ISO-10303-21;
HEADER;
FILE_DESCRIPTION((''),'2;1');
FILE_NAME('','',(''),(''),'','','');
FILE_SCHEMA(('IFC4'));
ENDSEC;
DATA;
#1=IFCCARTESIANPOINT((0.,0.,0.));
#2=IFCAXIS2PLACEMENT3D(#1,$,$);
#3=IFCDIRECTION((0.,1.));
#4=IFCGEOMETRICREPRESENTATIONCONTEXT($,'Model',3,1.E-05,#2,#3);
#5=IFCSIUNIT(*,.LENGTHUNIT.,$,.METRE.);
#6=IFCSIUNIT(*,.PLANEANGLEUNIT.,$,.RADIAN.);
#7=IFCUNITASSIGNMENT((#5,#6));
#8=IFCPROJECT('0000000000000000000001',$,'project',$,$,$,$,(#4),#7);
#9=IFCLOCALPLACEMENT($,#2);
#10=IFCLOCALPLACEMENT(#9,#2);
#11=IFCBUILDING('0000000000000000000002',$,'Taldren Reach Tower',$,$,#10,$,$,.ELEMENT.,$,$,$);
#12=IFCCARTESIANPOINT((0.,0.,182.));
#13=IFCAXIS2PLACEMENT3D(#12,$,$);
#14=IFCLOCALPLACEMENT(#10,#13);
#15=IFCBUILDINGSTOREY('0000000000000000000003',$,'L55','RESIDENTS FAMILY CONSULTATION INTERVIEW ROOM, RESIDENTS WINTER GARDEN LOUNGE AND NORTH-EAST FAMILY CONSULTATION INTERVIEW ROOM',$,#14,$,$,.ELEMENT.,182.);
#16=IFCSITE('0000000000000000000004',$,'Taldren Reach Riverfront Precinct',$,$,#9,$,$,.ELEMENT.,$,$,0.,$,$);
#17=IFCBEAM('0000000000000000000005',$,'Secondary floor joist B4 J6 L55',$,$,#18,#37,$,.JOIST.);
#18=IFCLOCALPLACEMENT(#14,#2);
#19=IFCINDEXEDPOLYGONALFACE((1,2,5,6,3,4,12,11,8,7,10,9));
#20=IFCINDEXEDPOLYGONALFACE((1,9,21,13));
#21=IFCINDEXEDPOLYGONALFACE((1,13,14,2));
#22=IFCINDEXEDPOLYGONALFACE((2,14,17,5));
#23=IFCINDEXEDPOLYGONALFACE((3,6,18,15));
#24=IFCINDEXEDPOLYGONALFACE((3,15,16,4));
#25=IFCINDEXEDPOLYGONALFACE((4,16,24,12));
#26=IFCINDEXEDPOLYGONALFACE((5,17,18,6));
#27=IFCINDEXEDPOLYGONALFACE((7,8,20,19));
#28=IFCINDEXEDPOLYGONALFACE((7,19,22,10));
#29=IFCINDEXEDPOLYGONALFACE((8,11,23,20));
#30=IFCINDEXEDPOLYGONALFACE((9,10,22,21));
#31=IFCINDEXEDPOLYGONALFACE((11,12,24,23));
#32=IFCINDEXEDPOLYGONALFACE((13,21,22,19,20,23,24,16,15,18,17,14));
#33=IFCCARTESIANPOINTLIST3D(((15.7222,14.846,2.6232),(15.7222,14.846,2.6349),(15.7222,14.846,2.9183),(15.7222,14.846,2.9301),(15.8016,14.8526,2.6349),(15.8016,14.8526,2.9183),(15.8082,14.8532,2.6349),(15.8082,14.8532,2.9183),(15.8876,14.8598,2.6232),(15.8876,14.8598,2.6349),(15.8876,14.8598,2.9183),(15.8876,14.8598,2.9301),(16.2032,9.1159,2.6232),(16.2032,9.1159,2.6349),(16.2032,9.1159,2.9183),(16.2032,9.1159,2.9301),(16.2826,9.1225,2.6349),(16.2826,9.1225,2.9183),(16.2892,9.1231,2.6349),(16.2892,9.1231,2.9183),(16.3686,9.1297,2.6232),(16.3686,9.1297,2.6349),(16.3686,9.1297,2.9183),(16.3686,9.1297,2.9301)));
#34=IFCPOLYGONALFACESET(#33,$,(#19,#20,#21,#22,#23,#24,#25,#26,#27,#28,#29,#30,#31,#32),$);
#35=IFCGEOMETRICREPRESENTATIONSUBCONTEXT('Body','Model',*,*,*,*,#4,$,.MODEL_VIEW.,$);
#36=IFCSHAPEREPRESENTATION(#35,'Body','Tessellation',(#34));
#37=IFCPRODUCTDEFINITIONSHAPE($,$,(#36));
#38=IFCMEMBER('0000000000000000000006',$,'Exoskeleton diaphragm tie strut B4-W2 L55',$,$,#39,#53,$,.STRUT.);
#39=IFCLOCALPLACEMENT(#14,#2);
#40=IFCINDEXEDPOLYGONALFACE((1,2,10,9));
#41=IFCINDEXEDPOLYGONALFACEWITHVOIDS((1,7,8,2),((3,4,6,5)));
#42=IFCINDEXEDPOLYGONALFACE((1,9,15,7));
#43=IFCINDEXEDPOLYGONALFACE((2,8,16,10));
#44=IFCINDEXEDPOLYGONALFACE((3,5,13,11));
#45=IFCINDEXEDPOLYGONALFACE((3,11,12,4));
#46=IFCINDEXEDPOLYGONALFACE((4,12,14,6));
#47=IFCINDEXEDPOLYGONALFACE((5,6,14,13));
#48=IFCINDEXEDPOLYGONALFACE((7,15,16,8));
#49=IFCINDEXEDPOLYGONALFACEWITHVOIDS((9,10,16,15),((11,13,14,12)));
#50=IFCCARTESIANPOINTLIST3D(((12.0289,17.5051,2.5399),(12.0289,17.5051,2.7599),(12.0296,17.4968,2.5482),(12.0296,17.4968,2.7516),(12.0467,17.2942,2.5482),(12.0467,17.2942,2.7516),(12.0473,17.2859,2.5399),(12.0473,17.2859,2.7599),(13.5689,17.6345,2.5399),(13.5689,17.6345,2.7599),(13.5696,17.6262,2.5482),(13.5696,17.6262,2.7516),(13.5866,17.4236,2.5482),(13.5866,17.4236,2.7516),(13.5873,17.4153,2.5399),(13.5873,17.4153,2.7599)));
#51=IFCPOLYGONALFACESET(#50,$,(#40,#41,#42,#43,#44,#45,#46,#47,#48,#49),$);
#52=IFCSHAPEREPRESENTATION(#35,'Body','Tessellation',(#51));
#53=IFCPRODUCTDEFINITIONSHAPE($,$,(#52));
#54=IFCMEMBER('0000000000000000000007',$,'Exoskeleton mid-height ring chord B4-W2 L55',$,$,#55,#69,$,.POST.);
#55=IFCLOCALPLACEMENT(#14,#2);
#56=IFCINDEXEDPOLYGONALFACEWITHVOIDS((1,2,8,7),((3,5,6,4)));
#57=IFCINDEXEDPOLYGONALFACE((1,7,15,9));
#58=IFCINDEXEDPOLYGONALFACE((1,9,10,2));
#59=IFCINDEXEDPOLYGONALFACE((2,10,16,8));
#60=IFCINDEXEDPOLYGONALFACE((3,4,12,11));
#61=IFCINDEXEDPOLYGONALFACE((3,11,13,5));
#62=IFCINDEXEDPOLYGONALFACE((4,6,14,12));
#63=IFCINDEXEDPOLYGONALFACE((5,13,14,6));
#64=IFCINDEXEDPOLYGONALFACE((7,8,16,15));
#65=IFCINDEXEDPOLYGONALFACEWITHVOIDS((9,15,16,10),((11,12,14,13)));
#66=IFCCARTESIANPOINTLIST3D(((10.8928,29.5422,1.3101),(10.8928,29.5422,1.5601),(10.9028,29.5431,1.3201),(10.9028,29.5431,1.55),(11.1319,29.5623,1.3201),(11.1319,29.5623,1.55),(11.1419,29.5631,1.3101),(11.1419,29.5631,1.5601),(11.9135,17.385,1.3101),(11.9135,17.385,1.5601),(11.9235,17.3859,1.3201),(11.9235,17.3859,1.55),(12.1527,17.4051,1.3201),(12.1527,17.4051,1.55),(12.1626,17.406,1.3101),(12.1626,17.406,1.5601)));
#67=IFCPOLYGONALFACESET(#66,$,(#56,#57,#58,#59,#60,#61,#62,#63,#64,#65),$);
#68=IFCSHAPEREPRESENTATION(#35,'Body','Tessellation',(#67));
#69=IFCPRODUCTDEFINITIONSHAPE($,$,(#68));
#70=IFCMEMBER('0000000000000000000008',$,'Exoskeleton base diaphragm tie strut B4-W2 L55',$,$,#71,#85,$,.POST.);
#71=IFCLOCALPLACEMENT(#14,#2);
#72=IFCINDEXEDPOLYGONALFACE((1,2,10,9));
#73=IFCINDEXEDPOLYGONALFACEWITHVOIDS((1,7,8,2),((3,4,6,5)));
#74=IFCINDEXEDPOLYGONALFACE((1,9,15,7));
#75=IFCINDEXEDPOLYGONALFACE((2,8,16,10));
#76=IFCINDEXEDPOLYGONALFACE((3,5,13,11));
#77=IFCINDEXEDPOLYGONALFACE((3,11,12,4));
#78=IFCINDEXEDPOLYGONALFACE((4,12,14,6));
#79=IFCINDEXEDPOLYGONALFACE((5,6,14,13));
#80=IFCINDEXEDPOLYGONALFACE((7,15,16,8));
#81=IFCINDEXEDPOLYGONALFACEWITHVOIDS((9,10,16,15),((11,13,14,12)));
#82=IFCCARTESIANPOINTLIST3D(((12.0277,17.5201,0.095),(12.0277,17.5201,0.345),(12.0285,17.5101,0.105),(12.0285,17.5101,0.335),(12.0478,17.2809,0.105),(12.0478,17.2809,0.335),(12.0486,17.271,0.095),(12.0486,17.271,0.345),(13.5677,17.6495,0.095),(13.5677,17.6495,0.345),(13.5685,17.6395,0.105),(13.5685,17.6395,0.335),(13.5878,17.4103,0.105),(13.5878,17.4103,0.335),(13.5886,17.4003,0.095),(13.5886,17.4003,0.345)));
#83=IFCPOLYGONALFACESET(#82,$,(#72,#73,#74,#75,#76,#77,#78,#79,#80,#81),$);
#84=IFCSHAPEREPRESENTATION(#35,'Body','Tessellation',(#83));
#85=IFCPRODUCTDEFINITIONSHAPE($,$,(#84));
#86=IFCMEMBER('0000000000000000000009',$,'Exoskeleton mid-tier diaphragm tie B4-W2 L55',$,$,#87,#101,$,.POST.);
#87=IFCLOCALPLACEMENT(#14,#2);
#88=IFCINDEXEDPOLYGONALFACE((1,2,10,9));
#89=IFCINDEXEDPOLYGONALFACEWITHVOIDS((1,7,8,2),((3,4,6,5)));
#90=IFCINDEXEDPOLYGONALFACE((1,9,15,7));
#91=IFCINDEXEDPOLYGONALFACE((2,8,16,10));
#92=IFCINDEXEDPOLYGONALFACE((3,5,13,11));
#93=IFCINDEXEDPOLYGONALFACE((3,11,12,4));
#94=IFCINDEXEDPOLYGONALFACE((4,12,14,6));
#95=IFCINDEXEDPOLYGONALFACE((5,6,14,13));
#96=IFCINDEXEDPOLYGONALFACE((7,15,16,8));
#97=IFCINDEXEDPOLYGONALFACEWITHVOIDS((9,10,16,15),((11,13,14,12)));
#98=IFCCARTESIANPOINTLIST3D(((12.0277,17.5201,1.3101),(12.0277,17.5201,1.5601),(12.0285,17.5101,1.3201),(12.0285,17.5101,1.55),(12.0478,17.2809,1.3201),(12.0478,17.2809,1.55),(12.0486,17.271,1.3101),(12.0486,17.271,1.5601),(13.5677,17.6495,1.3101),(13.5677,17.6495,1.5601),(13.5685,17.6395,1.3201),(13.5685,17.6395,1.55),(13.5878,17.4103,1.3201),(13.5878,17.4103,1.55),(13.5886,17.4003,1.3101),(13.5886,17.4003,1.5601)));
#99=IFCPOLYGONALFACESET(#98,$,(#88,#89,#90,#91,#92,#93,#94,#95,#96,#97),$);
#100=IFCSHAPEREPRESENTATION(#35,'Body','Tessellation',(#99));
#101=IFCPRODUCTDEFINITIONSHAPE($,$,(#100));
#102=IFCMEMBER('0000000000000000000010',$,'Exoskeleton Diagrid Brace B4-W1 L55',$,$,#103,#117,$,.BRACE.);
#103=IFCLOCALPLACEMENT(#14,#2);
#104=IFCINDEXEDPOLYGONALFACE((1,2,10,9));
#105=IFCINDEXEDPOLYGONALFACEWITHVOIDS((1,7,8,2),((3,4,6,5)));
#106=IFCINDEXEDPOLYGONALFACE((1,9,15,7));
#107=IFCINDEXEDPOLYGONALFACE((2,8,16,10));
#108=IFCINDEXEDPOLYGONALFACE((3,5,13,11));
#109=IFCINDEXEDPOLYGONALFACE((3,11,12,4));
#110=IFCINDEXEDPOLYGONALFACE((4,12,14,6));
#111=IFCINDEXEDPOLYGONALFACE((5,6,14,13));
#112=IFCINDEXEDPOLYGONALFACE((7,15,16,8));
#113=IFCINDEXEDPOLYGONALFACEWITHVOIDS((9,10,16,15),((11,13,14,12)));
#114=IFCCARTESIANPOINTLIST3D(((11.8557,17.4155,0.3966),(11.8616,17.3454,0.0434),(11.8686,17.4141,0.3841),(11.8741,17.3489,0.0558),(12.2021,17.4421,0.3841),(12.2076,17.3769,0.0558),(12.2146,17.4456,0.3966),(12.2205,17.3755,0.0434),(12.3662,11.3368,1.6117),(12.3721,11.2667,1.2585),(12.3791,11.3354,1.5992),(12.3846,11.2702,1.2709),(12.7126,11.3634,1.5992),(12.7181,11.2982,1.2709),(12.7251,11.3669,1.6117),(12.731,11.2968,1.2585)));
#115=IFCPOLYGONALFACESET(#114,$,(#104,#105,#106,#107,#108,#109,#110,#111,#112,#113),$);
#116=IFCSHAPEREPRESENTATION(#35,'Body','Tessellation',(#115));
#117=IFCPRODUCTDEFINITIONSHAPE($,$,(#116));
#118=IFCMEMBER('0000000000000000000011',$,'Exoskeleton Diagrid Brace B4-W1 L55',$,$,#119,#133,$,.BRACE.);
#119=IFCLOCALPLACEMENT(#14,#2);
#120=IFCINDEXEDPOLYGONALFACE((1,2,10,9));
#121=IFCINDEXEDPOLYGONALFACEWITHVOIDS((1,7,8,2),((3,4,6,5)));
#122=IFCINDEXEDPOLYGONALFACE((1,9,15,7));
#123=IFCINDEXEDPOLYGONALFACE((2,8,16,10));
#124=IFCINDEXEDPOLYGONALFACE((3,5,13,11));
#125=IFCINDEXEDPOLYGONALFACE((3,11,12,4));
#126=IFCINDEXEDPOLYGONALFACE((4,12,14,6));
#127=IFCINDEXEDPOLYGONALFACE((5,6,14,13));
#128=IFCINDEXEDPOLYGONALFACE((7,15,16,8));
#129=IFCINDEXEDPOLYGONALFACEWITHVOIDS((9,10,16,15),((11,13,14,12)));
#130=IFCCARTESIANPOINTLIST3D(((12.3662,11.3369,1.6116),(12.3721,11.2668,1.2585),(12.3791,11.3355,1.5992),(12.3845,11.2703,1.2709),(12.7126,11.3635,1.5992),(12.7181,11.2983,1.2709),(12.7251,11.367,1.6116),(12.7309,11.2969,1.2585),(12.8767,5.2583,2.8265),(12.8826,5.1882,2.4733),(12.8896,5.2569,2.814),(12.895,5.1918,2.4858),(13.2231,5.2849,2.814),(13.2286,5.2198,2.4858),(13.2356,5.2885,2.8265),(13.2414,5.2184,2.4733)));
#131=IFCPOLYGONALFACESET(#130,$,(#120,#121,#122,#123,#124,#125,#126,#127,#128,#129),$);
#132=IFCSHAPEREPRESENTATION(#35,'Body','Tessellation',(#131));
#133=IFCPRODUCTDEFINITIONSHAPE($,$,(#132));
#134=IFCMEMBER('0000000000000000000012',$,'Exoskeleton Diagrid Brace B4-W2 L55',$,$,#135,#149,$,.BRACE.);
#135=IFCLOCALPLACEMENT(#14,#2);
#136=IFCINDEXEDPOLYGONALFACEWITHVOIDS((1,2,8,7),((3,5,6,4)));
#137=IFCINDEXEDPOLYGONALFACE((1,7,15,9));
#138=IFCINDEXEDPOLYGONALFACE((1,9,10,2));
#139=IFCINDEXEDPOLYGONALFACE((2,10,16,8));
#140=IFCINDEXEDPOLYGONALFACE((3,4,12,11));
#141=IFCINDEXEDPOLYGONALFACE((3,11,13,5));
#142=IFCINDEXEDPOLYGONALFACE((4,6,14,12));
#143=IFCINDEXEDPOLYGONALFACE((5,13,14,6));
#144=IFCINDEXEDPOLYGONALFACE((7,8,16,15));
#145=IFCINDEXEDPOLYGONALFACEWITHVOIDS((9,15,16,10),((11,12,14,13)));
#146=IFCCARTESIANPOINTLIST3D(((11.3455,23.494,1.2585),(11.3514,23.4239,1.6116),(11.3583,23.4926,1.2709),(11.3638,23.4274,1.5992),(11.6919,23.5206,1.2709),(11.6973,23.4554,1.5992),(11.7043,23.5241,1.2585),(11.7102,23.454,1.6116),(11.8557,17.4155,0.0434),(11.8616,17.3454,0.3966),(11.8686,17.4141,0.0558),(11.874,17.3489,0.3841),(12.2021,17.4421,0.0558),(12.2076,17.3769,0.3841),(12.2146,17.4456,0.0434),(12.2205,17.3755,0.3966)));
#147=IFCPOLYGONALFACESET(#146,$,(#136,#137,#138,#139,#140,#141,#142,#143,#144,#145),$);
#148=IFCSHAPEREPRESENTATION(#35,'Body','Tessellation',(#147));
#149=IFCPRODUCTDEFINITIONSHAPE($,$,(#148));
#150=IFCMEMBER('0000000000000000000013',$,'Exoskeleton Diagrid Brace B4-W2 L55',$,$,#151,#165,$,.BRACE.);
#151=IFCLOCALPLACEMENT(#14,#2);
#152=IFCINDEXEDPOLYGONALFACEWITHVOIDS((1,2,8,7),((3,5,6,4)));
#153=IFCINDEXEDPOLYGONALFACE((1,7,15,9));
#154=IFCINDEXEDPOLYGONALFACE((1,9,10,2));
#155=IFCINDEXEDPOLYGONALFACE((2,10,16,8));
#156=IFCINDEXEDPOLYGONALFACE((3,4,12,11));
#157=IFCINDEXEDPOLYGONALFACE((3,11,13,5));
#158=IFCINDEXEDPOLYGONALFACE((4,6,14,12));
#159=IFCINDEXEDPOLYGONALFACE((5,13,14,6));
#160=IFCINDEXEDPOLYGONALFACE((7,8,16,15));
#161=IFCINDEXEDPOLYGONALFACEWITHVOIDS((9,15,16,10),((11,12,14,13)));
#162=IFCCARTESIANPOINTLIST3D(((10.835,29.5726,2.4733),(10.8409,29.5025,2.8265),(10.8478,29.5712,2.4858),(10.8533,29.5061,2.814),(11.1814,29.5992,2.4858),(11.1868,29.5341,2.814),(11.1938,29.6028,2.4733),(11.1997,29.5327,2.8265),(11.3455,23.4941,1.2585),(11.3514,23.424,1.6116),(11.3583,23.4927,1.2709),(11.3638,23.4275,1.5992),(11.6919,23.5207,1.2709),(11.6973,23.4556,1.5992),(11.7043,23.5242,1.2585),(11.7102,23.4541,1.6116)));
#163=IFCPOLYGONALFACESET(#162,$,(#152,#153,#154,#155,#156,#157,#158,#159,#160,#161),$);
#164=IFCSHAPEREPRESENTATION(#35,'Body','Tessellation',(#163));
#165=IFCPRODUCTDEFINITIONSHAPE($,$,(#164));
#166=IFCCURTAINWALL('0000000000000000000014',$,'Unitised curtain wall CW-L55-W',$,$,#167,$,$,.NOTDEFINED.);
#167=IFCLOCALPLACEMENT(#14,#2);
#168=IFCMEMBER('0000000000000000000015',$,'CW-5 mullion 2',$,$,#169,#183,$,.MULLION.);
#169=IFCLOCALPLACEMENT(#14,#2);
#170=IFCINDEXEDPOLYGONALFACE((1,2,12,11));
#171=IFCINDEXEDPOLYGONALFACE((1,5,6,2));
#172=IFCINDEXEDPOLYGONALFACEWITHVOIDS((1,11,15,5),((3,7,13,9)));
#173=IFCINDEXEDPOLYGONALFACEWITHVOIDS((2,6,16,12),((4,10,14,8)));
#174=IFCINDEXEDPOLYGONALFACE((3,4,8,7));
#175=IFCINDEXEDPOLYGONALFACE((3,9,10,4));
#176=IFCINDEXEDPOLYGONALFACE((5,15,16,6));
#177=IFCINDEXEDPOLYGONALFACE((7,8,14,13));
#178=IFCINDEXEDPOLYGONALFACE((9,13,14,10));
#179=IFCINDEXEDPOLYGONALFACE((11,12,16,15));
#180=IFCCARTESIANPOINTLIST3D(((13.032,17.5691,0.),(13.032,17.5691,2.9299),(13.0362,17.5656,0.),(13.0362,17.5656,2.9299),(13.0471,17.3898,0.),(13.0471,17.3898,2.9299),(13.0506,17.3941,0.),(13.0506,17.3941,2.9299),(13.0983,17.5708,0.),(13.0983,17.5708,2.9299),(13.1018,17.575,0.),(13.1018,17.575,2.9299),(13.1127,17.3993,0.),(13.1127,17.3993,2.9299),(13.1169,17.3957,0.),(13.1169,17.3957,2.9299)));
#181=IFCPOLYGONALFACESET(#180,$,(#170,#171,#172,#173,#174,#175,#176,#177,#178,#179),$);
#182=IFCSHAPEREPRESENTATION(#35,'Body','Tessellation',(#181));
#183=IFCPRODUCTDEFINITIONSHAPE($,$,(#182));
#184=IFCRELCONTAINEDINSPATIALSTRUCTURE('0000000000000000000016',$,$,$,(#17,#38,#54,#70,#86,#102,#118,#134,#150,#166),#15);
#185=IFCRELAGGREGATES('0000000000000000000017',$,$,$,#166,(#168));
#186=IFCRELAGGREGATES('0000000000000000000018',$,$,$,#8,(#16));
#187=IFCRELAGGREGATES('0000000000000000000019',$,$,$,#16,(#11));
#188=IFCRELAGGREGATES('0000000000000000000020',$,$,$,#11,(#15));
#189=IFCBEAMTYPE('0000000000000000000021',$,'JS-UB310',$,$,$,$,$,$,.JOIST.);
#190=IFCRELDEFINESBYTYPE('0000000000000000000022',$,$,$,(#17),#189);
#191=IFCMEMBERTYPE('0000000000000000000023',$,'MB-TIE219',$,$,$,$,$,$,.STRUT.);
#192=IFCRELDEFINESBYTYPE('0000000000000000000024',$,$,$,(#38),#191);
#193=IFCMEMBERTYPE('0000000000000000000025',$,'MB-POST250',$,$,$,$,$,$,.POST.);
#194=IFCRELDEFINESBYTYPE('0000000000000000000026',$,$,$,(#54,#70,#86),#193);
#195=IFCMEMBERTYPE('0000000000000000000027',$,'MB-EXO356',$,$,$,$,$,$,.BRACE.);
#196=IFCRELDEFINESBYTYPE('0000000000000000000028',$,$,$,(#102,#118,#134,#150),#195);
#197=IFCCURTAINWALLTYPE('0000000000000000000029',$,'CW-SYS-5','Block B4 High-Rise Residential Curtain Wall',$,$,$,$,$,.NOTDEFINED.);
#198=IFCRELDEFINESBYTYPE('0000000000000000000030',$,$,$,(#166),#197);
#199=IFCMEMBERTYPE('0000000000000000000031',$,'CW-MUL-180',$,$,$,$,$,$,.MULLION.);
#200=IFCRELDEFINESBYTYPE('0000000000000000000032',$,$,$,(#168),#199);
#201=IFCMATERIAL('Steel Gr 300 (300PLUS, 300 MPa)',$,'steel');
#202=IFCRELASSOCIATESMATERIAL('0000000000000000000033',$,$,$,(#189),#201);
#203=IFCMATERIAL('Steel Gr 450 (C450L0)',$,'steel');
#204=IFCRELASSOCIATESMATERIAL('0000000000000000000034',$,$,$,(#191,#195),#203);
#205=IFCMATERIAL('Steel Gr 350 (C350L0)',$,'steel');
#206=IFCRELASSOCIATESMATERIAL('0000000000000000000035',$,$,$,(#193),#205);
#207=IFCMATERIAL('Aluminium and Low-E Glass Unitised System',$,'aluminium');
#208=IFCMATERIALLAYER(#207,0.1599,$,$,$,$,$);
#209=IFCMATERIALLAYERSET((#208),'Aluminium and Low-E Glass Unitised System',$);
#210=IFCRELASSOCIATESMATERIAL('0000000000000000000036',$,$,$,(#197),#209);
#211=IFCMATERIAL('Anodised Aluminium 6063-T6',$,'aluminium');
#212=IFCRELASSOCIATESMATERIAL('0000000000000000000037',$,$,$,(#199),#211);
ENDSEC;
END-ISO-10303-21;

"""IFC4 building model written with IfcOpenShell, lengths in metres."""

from ifc_helpers import new_model, si_unit, direction, frame, origin, origin_2d, place, context, subcontext, project, spatial, hollow_rectangle, i_section, extrude, source, transform, mapped, material, layer, layer_set, material_profile, profile_set, type_object, element, aggregate, save


model = new_model("IFC4")

# Units and contexts
model_context = context("Model", 3, precision=1e-05, world=origin(), true_north=direction((0.0, 1.0)))
body_context = subcontext(model_context, "Body", "Model", "MODEL_VIEW")
ifc_project = project(units=[si_unit("LENGTHUNIT", "METRE"), si_unit("PLANEANGLEUNIT", "RADIAN")], contexts=[model_context])

# Site, building, storey
site_placement = place(None, origin())
site = spatial("IfcSite", under=ifc_project, at=site_placement, Name="Taldren Reach Riverfront Precinct", CompositionType="ELEMENT", RefElevation=0.0)
building_placement = place(site_placement, origin())
building = spatial("IfcBuilding", under=site, at=building_placement, Name="Taldren Reach Tower", CompositionType="ELEMENT")
storey_placement = place(building_placement, frame((0.0, 0.0, 182.0)))
storey = spatial("IfcBuildingStorey", under=building, at=storey_placement, Name="L55", Description="RESIDENTS FAMILY CONSULTATION INTERVIEW ROOM, RESIDENTS WINTER GARDEN LOUNGE AND NORTH-EAST FAMILY CONSULTATION INTERVIEW ROOM", CompositionType="ELEMENT", Elevation=182.0)

# Shared definitions
ifc_material_1 = material(Name="Steel Gr 450 (C450L0)", Category="steel")

# Beam
ifc_material_2 = material(Name="Steel Gr 300 (300PLUS, 300 MPa)", Category="steel")
ifc_material_profile_1 = material_profile(ifc_material_2, i_section(OverallWidth=0.166, OverallDepth=0.3069, WebThickness=0.0066, FlangeThickness=0.0117, at=origin_2d()), Name="310UB46.2")
ifc_profile_set_1 = profile_set([ifc_material_profile_1], Name="Steel Gr 300 (300PLUS, 300 MPa)")
beam_type_1 = type_object("IfcBeamType", Name="JS-UB310", PredefinedType="JOIST", material=ifc_profile_set_1)
shared_shape_1 = source(origin(), body_context, "Body", "SweptSolid", [
    extrude(i_section(OverallWidth=0.166, OverallDepth=0.3069, WebThickness=0.0066, FlangeThickness=0.0117, at=origin_2d()), origin(), (0.0, 0.0, 1.0), 5.7502),
])
beam_1_placement = place(storey_placement, frame((16.2859, 9.1228, 2.7766), z_axis=(-0.083643, 0.996496, 0.0), x_axis=(-0.996496, -0.083643, 0.0)))
element("IfcBeam", 1, at=beam_1_placement, inside=storey, type_object=beam_type_1, Name="Secondary floor joist B4 J6 L55", PredefinedType="JOIST", context=body_context, shape_type="MappedRepresentation", body=[
    mapped(shared_shape_1, transform((0.0, 0.0, 0.0), scale=1.0)),
])

# Members
ifc_material_profile_2 = material_profile(ifc_material_1, hollow_rectangle(XDim=0.22, YDim=0.22, WallThickness=0.0083, at=origin_2d()), Name="220x220x8.2SHS")
ifc_profile_set_2 = profile_set([ifc_material_profile_2], Name="Steel Gr 450 (C450L0)")
member_type_1 = type_object("IfcMemberType", Name="MB-TIE219", PredefinedType="STRUT", material=ifc_profile_set_2)
shared_shape_2 = source(origin(), body_context, "Body", "SweptSolid", [
    extrude(hollow_rectangle(XDim=0.22, YDim=0.22, WallThickness=0.0083, at=origin_2d()), origin(), (0.0, 0.0, 1.0), 1.5454),
])
member_1_placement = place(storey_placement, frame((13.5781, 17.5249, 2.6499), z_axis=(-0.996489, -0.083725, 0.0), x_axis=(0.083725, -0.996489, 0.0)))
element("IfcMember", 2, at=member_1_placement, inside=storey, type_object=member_type_1, Name="Exoskeleton diaphragm tie strut B4-W2 L55", PredefinedType="STRUT", context=body_context, shape_type="MappedRepresentation", body=[
    mapped(shared_shape_2, transform((0.0, 0.0, 0.0), scale=1.0)),
])
ifc_material_3 = material(Name="Steel Gr 350 (C350L0)", Category="steel")
ifc_material_profile_3 = material_profile(ifc_material_3, hollow_rectangle(XDim=0.25, YDim=0.25, WallThickness=0.01, at=origin_2d()), Name="250x250x10.0SHS")
ifc_profile_set_3 = profile_set([ifc_material_profile_3], Name="Steel Gr 350 (C350L0)")
member_type_2 = type_object("IfcMemberType", Name="MB-POST250", PredefinedType="POST", material=ifc_profile_set_3)
shared_shape_3 = source(origin(), body_context, "Body", "SweptSolid", [
    extrude(hollow_rectangle(XDim=0.25, YDim=0.25, WallThickness=0.01, at=origin_2d()), origin(), (0.0, 0.0, 1.0), 12.2),
])
member_2_placement = place(storey_placement, frame((12.0381, 17.3955, 1.4351), z_axis=(-0.083668, 0.996494, 0.0), x_axis=(-0.996494, -0.083668, 0.0)))
element("IfcMember", 3, at=member_2_placement, inside=storey, type_object=member_type_2, Name="Exoskeleton mid-height ring chord B4-W2 L55", PredefinedType="POST", context=body_context, shape_type="MappedRepresentation", body=[
    mapped(shared_shape_3, transform((0.0, 0.0, 0.0), scale=1.0)),
])
shared_shape_4 = source(origin(), body_context, "Body", "SweptSolid", [
    extrude(hollow_rectangle(XDim=0.25, YDim=0.25, WallThickness=0.01, at=origin_2d()), origin(), (0.0, 0.0, 1.0), 1.5454),
])
for number, where, z_axis, x_axis, name in (
    (4, (13.5781, 17.5249, 0.22), (-0.996489, -0.083725, 0.0), (0.083725, -0.996489, 0.0), "Exoskeleton base diaphragm tie strut B4-W2 L55"),
    (5, (13.5781, 17.5249, 1.4351), (-0.996489, -0.083725, 0.0), (0.083725, -0.996489, 0.0), "Exoskeleton mid-tier diaphragm tie B4-W2 L55"),
):
    element("IfcMember", number, at=place(storey_placement, frame(where, z_axis=z_axis, x_axis=x_axis)), inside=storey, type_object=member_type_2, Name=name, PredefinedType="POST", context=body_context, shape_type="MappedRepresentation", body=[
        mapped(shared_shape_4, transform((0.0, 0.0, 0.0), scale=1.0)),
    ])
ifc_material_profile_4 = material_profile(ifc_material_1, hollow_rectangle(XDim=0.3601, YDim=0.3601, WallThickness=0.0127, at=origin_2d()), Name="360x360x12.7SHS")
ifc_profile_set_4 = profile_set([ifc_material_profile_4], Name="Steel Gr 450 (C450L0)")
member_type_3 = type_object("IfcMemberType", Name="MB-EXO356", PredefinedType="BRACE", material=ifc_profile_set_4)
shared_shape_5 = source(origin(), body_context, "Body", "SweptSolid", [
    extrude(hollow_rectangle(XDim=0.3601, YDim=0.3601, WallThickness=0.0127, at=origin_2d()), origin(), (0.0, 0.0, 1.0), 6.22),
])
member_3_placement = place(storey_placement, frame((12.0381, 17.3955, 0.22), z_axis=(0.082076, -0.977292, 0.195356), x_axis=(0.996492, 0.083688, 0.0)))
element("IfcMember", 6, at=member_3_placement, inside=storey, type_object=member_type_3, Name="Exoskeleton Diagrid Brace B4-W1 L55", PredefinedType="BRACE", context=body_context, shape_type="MappedRepresentation", body=[
    mapped(shared_shape_5, transform((0.0, 0.0, 0.0), scale=1.0)),
])
shared_shape_6 = source(origin(), body_context, "Body", "SweptSolid", [
    extrude(hollow_rectangle(XDim=0.3601, YDim=0.3601, WallThickness=0.0127, at=origin_2d()), origin(), (0.0, 0.0, 1.0), 6.2197),
])
for number, where, z_axis, x_axis, name in (
    (7, (12.5486, 11.3169, 1.4351), (0.082076, -0.977299, 0.195319), (0.996492, 0.083688, 0.0), "Exoskeleton Diagrid Brace B4-W1 L55"),
    (8, (12.0381, 17.3955, 0.22), (-0.082037, 0.977295, 0.195357), (-0.996495, -0.083648, 0.0), "Exoskeleton Diagrid Brace B4-W2 L55"),
    (9, (11.5278, 23.4741, 1.4351), (-0.082076, 0.977299, 0.195319), (-0.996492, -0.083688, 0.0), "Exoskeleton Diagrid Brace B4-W2 L55"),
):
    element("IfcMember", number, at=place(storey_placement, frame(where, z_axis=z_axis, x_axis=x_axis)), inside=storey, type_object=member_type_3, Name=name, PredefinedType="BRACE", context=body_context, shape_type="MappedRepresentation", body=[
        mapped(shared_shape_6, transform((0.0, 0.0, 0.0), scale=1.0)),
    ])

# Curtain wall, member
ifc_material_4 = material(Name="Aluminium and Low-E Glass Unitised System", Category="aluminium")
ifc_layer_1 = layer(ifc_material_4, 0.1599)
ifc_layer_set_1 = layer_set([ifc_layer_1], Name="Aluminium and Low-E Glass Unitised System")
curtain_wall_type = type_object("IfcCurtainWallType", Name="CW-SYS-5", Description="Block B4 High-Rise Residential Curtain Wall", PredefinedType="NOTDEFINED", material=ifc_layer_set_1)
curtain_wall_placement = place(storey_placement, origin())
curtain_wall = element("IfcCurtainWall", 10, at=curtain_wall_placement, inside=storey, type_object=curtain_wall_type, Name="Unitised curtain wall CW-L55-W", PredefinedType="NOTDEFINED")
ifc_material_5 = material(Name="Anodised Aluminium 6063-T6", Category="aluminium")
ifc_material_profile_5 = material_profile(ifc_material_5, hollow_rectangle(XDim=0.0701, YDim=0.1799, WallThickness=0.0039, at=origin_2d()), Name="ALU-180x70x4RHS")
ifc_profile_set_5 = profile_set([ifc_material_profile_5], Name="Anodised Aluminium 6063-T6")
member_type_4 = type_object("IfcMemberType", Name="CW-MUL-180", PredefinedType="MULLION", material=ifc_profile_set_5)
shared_shape_7 = source(origin(), body_context, "Body", "SweptSolid", [
    extrude(hollow_rectangle(XDim=0.0701, YDim=0.1799, WallThickness=0.0039, at=origin_2d()), origin(), (0.0, 0.0, 1.0), 2.9299),
])
member_4_placement = place(storey_placement, frame((13.0745, 17.4824, 0.0), z_axis=(0.0, 0.0, 1.0), x_axis=(0.996493, 0.083678, 0.0)))
member_4 = element("IfcMember", 11, at=member_4_placement, type_object=member_type_4, Name="CW-5 mullion 2", PredefinedType="MULLION", context=body_context, shape_type="MappedRepresentation", body=[
    mapped(shared_shape_7, transform((0.0, 0.0, 0.0), scale=1.0)),
])

aggregate(curtain_wall, [member_4])

save(model, "model.ifc")
